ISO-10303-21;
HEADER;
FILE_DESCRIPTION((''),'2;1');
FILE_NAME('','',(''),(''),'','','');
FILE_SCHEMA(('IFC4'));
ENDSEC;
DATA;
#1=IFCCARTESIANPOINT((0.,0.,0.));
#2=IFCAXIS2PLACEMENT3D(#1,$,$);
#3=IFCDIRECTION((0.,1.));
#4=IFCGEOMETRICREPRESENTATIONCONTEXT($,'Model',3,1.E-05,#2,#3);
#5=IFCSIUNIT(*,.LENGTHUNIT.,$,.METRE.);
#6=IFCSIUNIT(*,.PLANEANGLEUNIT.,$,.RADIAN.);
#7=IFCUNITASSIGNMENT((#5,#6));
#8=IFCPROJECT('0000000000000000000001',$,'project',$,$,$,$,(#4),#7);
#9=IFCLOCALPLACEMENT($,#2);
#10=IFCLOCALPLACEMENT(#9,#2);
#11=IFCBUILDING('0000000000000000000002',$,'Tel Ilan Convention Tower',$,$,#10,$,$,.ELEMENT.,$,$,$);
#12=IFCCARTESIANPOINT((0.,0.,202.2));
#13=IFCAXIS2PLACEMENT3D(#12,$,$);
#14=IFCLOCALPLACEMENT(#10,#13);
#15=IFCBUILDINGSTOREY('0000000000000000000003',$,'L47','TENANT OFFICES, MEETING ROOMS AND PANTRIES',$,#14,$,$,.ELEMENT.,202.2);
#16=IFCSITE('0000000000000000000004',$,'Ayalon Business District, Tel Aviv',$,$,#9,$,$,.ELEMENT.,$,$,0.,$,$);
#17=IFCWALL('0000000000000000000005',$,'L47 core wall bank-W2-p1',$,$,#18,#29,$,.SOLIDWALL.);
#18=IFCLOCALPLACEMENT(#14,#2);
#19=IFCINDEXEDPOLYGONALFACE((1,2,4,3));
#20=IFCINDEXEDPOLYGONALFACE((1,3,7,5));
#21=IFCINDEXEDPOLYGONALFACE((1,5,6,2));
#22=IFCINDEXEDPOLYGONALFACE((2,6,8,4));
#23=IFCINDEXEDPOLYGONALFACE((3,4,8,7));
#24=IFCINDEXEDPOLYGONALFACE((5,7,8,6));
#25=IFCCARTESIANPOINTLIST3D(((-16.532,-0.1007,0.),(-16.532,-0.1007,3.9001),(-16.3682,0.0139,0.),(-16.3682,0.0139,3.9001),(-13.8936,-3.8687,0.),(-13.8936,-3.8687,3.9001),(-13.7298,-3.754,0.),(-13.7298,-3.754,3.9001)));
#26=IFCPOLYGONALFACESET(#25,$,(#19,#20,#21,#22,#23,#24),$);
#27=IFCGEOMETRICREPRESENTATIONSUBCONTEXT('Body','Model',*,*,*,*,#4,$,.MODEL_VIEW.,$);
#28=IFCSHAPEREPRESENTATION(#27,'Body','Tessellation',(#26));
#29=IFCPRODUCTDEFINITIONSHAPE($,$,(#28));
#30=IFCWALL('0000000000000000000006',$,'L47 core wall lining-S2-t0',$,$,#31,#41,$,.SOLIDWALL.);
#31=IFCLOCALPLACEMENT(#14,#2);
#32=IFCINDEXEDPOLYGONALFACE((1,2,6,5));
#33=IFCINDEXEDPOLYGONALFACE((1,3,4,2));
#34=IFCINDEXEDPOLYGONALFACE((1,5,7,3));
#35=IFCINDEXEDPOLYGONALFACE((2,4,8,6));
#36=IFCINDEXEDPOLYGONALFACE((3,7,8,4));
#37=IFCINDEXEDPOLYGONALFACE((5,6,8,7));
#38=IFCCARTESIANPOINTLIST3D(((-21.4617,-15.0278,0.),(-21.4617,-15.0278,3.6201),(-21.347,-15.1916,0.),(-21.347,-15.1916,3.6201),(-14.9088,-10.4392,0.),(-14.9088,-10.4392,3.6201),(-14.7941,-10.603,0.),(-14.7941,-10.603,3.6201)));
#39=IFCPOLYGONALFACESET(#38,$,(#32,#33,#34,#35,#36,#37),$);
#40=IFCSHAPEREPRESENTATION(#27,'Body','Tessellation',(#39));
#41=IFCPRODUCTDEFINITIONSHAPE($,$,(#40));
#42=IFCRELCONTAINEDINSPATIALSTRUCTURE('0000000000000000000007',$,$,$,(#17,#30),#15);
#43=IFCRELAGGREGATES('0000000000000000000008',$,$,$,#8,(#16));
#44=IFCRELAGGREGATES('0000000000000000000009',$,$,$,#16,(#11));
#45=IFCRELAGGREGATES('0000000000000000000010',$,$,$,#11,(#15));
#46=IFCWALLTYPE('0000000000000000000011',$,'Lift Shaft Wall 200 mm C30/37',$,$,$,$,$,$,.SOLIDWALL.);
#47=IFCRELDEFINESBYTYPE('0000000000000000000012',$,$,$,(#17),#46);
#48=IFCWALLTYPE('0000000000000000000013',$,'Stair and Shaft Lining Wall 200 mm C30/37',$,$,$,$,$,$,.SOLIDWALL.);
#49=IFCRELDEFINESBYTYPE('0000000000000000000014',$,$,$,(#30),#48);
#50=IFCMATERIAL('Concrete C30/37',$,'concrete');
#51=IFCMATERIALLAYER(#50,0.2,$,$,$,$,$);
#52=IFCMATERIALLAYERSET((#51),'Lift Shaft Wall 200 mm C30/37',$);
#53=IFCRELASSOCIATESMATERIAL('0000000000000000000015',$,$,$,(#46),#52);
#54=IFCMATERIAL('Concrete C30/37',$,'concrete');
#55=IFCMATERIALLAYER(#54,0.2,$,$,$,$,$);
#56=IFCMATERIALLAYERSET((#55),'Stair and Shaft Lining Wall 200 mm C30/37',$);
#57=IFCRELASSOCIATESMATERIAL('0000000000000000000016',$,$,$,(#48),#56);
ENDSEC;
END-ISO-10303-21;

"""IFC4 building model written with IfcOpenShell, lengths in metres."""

from ifc_helpers import new_model, si_unit, direction, frame, frame_2d, origin, place, context, subcontext, project, spatial, rectangle, extrude, material, layer, layer_set, type_object, element, save


model = new_model("IFC4")

# Units and contexts
model_context = context("Model", 3, precision=1e-05, world=origin(), true_north=direction((0.0, 1.0)))
body_context = subcontext(model_context, "Body", "Model", "MODEL_VIEW")
ifc_project = project(units=[si_unit("LENGTHUNIT", "METRE"), si_unit("PLANEANGLEUNIT", "RADIAN")], contexts=[model_context])

# Site, building, storey
site_placement = place(None, origin())
site = spatial("IfcSite", under=ifc_project, at=site_placement, Name="Ayalon Business District, Tel Aviv", CompositionType="ELEMENT", RefElevation=0.0)
building_placement = place(site_placement, origin())
building = spatial("IfcBuilding", under=site, at=building_placement, Name="Tel Ilan Convention Tower", CompositionType="ELEMENT")
storey_placement = place(building_placement, frame((0.0, 0.0, 202.2)))
storey = spatial("IfcBuildingStorey", under=building, at=storey_placement, Name="L47", Description="TENANT OFFICES, MEETING ROOMS AND PANTRIES", CompositionType="ELEMENT", Elevation=202.2)

# Walls
ifc_material_1 = material(Name="Concrete C30/37", Category="concrete")
ifc_layer_1 = layer(ifc_material_1, 0.2)
ifc_layer_set_1 = layer_set([ifc_layer_1], Name="Lift Shaft Wall 200 mm C30/37")
wall_type_1 = type_object("IfcWallType", Name="Lift Shaft Wall 200 mm C30/37", PredefinedType="SOLIDWALL", material=ifc_layer_set_1)
for number, where, z_axis, x_axis, name in (
    (1, (-13.8118, -3.8113, 0.0), (0.0, 0.0, 1.0), (-0.573576, 0.819152, 0.0), "L47 core wall bank-W2-p1"),
):
    element("IfcWall", number, at=place(storey_placement, frame(where, z_axis=z_axis, x_axis=x_axis)), inside=storey, type_object=wall_type_1, Name=name, PredefinedType="SOLIDWALL", context=body_context, shape_type="SweptSolid", body=[
        extrude(rectangle(XDim=4.5999, YDim=0.2, at=frame_2d((2.2998, 0.0))), origin(), (0.0, 0.0, 1.0), 3.9001),
    ])
ifc_material_2 = material(Name="Concrete C30/37", Category="concrete")
ifc_layer_2 = layer(ifc_material_2, 0.2)
ifc_layer_set_2 = layer_set([ifc_layer_2], Name="Stair and Shaft Lining Wall 200 mm C30/37")
wall_type_2 = type_object("IfcWallType", Name="Stair and Shaft Lining Wall 200 mm C30/37", PredefinedType="SOLIDWALL", material=ifc_layer_set_2)
wall_1_placement = place(storey_placement, frame((-14.8513, -10.521, 0.0), z_axis=(0.0, 0.0, 1.0), x_axis=(-0.819142, -0.573591, 0.0)))
element("IfcWall", 2, at=wall_1_placement, inside=storey, type_object=wall_type_2, Name="L47 core wall lining-S2-t0", PredefinedType="SOLIDWALL", context=body_context, shape_type="SweptSolid", body=[
    extrude(rectangle(XDim=7.9998, YDim=0.2, at=frame_2d((4.0, 0.0))), origin(), (0.0, 0.0, 1.0), 3.6201),
])

save(model, "model.ifc")
